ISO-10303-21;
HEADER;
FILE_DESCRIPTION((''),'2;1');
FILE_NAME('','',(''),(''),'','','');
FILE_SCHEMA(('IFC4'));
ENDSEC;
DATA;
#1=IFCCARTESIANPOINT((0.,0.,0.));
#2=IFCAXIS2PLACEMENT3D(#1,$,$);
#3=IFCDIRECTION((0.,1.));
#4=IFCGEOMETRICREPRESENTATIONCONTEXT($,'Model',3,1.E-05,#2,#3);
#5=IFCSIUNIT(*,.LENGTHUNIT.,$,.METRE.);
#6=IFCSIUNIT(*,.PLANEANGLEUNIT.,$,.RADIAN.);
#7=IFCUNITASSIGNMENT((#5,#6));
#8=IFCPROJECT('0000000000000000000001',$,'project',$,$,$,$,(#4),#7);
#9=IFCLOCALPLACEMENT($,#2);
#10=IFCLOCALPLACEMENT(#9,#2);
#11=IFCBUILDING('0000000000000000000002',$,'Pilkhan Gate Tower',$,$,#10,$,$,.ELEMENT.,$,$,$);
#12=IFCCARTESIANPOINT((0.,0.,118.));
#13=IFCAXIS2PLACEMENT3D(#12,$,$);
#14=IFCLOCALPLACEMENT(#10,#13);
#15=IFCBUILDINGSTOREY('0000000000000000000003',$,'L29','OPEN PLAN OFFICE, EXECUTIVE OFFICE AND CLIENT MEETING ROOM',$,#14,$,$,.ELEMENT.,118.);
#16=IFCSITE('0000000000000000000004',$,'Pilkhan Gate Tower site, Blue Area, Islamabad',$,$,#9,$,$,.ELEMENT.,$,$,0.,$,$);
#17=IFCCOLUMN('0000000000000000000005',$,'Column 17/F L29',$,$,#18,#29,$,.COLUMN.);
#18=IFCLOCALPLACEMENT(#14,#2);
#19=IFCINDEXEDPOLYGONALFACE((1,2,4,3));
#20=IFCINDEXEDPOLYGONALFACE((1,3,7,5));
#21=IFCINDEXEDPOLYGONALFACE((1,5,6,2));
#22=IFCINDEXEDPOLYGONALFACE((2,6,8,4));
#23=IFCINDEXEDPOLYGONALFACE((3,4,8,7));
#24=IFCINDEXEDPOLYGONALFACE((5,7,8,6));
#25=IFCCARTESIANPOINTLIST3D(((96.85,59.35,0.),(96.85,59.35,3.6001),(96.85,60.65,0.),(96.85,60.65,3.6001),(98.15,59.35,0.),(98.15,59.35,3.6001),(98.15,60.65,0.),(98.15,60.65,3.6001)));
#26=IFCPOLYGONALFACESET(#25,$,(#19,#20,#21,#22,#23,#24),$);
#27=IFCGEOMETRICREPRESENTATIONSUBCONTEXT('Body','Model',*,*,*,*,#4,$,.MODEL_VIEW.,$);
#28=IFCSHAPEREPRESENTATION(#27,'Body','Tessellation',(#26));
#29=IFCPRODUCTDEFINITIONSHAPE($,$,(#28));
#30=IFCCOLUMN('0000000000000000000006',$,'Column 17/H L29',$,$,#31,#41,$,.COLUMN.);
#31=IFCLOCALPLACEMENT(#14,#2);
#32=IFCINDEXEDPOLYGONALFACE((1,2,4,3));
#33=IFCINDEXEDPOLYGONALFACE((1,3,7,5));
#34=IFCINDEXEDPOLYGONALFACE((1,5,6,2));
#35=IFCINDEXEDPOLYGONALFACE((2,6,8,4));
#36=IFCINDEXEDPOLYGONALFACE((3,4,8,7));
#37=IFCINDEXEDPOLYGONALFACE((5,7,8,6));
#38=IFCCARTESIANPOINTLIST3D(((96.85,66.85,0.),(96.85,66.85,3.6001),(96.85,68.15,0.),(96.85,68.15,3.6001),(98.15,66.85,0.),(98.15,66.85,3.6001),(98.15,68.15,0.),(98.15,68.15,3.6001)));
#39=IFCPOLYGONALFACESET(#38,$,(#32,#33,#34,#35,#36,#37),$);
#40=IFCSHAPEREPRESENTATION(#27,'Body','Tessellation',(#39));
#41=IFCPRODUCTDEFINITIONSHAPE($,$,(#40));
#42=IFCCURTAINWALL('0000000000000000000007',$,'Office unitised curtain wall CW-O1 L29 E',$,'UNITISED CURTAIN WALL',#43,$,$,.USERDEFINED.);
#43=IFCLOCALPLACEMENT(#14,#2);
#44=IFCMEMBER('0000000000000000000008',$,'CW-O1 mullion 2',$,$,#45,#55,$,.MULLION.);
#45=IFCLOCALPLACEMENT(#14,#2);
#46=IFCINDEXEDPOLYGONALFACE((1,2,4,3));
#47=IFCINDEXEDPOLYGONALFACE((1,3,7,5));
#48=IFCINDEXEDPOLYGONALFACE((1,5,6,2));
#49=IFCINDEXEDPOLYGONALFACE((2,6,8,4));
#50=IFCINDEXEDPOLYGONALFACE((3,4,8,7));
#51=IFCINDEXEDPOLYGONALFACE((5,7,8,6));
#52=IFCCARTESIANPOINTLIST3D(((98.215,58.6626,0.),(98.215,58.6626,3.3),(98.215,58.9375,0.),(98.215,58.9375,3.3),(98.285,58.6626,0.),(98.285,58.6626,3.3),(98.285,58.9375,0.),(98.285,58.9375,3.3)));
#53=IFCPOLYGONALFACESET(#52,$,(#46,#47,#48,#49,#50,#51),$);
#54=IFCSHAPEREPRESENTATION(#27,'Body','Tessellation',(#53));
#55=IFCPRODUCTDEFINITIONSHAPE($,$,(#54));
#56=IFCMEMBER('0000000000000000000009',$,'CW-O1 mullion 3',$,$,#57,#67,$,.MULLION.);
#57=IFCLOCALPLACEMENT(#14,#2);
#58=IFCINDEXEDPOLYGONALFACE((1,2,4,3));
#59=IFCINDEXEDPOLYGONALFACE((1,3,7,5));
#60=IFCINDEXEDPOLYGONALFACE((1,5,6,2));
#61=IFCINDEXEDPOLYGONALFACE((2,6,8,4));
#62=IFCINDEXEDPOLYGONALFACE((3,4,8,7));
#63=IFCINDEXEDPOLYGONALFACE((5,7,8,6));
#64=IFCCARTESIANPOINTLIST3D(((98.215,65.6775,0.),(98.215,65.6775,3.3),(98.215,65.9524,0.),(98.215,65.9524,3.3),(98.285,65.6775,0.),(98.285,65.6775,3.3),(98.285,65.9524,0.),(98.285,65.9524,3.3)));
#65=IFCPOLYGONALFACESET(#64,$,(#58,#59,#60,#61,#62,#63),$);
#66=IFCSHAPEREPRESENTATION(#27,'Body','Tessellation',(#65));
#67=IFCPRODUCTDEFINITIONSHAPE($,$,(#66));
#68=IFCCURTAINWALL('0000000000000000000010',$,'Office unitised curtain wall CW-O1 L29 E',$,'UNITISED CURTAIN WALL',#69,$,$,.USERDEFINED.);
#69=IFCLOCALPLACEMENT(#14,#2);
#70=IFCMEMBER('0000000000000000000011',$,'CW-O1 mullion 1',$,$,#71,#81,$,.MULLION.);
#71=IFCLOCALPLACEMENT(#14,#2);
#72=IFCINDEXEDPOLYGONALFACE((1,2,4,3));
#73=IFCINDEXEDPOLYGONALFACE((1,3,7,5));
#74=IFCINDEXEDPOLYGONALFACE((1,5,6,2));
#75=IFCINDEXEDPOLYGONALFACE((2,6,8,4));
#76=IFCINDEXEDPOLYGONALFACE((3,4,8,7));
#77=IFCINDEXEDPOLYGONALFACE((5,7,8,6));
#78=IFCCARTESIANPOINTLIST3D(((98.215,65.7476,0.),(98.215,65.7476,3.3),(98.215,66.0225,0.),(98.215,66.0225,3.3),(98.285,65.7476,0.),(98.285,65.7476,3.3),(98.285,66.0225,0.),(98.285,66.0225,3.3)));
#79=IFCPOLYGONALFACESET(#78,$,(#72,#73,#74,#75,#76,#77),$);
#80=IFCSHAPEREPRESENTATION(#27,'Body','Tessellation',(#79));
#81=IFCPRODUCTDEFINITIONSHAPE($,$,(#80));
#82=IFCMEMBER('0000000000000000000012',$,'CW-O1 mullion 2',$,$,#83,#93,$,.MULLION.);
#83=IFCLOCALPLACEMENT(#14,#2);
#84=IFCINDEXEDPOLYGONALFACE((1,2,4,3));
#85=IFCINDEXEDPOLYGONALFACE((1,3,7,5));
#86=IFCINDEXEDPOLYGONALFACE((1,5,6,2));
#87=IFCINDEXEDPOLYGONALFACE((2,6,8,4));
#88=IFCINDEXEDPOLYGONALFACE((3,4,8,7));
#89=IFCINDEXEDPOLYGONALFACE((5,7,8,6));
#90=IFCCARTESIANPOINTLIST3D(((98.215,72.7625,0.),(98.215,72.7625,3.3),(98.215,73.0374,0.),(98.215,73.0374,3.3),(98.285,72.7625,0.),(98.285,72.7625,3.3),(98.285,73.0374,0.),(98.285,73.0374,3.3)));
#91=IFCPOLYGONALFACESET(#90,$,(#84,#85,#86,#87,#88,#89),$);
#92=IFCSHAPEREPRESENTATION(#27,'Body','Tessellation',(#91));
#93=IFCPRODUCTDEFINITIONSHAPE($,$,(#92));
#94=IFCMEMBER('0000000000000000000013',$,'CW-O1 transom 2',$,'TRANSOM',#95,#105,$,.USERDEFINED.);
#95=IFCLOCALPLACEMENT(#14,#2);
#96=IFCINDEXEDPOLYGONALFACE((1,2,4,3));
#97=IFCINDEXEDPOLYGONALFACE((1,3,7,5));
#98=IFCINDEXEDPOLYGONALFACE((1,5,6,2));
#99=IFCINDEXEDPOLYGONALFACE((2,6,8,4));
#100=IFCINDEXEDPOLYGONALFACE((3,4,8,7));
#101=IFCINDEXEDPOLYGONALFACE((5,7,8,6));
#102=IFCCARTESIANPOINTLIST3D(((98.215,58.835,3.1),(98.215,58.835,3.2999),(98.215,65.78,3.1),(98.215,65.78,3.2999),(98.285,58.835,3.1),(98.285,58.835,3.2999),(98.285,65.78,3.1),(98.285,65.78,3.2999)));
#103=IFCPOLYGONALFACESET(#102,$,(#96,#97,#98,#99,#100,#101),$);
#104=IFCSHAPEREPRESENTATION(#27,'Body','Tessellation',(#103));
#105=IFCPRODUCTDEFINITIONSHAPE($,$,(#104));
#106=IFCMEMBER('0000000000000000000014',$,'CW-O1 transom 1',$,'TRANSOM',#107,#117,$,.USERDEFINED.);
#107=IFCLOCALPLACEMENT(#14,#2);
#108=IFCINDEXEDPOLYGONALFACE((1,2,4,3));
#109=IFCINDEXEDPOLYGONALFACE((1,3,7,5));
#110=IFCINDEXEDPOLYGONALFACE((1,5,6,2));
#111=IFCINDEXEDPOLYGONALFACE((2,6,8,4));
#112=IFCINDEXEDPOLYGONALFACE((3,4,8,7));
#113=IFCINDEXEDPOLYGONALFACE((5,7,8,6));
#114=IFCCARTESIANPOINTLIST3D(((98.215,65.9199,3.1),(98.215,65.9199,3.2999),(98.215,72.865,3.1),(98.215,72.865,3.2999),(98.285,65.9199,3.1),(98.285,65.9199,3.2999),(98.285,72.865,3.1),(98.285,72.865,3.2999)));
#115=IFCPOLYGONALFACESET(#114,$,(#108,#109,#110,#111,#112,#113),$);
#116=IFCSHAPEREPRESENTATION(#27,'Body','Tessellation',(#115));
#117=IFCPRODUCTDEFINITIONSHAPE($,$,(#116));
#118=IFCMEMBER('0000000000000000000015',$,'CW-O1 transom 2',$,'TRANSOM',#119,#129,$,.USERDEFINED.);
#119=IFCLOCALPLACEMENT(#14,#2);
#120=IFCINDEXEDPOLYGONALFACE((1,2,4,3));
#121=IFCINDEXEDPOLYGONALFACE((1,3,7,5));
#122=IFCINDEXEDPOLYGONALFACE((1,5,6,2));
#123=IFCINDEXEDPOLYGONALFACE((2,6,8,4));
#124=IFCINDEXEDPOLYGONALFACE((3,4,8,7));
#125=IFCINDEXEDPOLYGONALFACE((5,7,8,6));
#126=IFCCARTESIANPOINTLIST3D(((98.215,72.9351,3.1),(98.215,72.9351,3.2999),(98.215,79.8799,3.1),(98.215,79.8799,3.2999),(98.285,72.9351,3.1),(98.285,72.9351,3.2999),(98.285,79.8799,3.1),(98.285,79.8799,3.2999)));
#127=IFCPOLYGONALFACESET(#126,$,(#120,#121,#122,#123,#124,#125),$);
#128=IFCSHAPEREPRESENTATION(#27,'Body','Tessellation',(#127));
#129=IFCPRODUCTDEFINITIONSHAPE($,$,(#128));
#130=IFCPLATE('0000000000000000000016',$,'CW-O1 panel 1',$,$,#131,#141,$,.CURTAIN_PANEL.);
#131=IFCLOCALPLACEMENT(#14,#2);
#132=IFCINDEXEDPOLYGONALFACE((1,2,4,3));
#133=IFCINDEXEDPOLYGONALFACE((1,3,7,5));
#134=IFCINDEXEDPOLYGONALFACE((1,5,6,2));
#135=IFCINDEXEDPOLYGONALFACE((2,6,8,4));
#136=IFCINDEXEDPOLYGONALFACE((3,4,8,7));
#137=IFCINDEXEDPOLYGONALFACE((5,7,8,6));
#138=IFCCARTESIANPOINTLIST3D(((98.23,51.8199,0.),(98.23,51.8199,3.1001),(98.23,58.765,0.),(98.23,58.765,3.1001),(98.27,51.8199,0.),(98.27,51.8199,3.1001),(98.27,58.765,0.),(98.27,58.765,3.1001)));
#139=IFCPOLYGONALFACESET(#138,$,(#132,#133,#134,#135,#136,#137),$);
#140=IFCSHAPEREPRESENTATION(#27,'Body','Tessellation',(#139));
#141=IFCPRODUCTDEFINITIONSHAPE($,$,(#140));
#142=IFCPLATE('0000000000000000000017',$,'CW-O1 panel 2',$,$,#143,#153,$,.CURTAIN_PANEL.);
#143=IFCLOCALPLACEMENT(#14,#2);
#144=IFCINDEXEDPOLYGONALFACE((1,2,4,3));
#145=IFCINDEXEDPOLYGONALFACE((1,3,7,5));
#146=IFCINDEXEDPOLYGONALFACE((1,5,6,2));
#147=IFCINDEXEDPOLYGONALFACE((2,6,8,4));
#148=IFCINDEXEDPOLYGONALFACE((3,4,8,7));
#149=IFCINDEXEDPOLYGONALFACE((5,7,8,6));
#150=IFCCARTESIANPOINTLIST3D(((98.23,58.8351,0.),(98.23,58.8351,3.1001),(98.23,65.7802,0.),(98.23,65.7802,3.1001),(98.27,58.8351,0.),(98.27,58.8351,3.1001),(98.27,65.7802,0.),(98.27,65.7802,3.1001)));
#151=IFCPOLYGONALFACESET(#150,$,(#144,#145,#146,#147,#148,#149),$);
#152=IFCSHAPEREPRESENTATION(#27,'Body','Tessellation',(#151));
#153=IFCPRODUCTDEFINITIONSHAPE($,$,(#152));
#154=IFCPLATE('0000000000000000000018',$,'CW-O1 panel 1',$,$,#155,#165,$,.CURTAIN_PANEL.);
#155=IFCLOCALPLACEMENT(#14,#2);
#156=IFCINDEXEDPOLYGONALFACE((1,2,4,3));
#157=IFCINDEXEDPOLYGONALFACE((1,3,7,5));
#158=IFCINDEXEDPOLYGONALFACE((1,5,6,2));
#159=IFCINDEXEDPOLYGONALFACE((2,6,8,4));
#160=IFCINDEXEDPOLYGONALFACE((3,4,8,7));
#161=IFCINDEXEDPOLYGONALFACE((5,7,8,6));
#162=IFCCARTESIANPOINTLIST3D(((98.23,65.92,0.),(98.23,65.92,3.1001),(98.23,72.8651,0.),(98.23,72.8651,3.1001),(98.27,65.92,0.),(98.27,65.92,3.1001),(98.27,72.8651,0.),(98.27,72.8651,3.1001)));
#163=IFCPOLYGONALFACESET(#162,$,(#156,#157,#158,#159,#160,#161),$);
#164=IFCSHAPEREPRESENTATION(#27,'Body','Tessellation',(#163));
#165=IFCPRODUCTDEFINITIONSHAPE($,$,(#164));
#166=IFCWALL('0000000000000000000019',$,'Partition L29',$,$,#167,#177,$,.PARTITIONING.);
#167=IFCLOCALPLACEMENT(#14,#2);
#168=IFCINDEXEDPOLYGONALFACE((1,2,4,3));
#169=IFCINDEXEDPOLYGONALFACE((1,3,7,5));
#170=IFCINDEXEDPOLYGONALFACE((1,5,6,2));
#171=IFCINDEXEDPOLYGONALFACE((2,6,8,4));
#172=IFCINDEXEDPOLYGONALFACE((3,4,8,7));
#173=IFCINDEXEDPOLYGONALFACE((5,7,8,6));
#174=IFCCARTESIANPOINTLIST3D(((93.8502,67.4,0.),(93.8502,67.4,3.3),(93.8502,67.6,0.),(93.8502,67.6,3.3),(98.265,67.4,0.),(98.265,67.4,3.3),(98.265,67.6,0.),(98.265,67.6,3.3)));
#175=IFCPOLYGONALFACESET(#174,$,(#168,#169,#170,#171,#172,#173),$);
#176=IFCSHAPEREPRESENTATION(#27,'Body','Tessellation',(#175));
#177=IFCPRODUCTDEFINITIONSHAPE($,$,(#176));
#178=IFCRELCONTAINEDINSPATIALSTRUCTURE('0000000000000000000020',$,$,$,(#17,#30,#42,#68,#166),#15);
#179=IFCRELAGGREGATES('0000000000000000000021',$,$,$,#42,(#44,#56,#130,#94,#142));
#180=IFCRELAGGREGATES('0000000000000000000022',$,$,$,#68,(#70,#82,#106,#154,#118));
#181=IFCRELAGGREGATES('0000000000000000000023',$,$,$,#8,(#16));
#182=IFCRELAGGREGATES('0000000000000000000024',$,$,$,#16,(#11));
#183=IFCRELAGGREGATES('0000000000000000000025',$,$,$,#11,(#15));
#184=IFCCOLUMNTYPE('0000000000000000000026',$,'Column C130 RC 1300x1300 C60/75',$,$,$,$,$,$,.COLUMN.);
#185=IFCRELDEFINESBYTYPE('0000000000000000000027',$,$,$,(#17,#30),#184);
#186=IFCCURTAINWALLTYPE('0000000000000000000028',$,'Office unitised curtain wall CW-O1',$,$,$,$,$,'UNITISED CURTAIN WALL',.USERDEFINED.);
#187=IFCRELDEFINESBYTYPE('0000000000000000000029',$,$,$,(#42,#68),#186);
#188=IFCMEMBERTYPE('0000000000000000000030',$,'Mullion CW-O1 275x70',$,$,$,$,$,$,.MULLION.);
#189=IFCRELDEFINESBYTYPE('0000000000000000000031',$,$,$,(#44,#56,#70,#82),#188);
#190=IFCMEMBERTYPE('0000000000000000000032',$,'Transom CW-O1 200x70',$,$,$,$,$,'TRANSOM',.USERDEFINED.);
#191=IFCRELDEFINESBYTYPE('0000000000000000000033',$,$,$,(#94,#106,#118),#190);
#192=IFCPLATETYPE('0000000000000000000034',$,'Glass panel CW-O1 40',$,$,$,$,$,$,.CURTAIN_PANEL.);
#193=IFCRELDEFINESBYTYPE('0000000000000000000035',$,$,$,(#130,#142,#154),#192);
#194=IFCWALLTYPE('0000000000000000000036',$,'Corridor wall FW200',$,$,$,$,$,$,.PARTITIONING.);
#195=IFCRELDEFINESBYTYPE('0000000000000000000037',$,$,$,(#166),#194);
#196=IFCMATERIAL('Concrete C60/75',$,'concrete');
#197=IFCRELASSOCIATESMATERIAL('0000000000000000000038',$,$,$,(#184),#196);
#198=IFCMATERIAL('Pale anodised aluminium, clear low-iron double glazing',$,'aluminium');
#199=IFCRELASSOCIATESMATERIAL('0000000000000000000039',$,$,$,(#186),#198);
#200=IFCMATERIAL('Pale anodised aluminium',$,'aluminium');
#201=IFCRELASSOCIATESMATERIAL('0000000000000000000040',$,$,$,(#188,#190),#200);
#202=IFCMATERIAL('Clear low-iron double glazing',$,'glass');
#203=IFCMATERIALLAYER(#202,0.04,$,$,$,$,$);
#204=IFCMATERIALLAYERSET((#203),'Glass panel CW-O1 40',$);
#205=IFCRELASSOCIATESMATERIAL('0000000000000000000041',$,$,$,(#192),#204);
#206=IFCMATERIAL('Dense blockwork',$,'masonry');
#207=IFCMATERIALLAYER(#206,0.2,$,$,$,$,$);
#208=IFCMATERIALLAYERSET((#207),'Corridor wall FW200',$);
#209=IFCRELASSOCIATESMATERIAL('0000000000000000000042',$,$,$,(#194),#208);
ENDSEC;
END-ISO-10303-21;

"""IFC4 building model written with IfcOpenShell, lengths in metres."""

from ifc_helpers import new_model, si_unit, direction, frame, frame_2d, origin, origin_2d, place, context, subcontext, project, spatial, rectangle, extrude, material, layer, layer_set, material_profile, profile_set, type_object, element, aggregate, save


model = new_model("IFC4")

# Units and contexts
model_context = context("Model", 3, precision=1e-05, world=origin(), true_north=direction((0.0, 1.0)))
body_context = subcontext(model_context, "Body", "Model", "MODEL_VIEW")
ifc_project = project(units=[si_unit("LENGTHUNIT", "METRE"), si_unit("PLANEANGLEUNIT", "RADIAN")], contexts=[model_context])

# Site, building, storey
site_placement = place(None, origin())
site = spatial("IfcSite", under=ifc_project, at=site_placement, Name="Pilkhan Gate Tower site, Blue Area, Islamabad", CompositionType="ELEMENT", RefElevation=0.0)
building_placement = place(site_placement, origin())
building = spatial("IfcBuilding", under=site, at=building_placement, Name="Pilkhan Gate Tower", CompositionType="ELEMENT")
storey_placement = place(building_placement, frame((0.0, 0.0, 118.0)))
storey = spatial("IfcBuildingStorey", under=building, at=storey_placement, Name="L29", Description="OPEN PLAN OFFICE, EXECUTIVE OFFICE AND CLIENT MEETING ROOM", CompositionType="ELEMENT", Elevation=118.0)

# Columns
ifc_material_1 = material(Name="Concrete C60/75", Category="concrete")
ifc_material_profile_1 = material_profile(ifc_material_1, rectangle(XDim=1.3, YDim=1.3, at=origin_2d()), Name="RC 1300x1300")
ifc_profile_set_1 = profile_set([ifc_material_profile_1], Name="Concrete C60/75")
column_type = type_object("IfcColumnType", Name="Column C130 RC 1300x1300 C60/75", PredefinedType="COLUMN", material=ifc_profile_set_1)
for number, where, z_axis, x_axis, name in (
    (1, (97.5, 60.0, 0.0), (0.0, 0.0, 1.0), (1.0, 0.0, 0.0), "Column 17/F L29"),
    (2, (97.5, 67.5, 0.0), (0.0, 0.0, 1.0), (1.0, 0.0, 0.0), "Column 17/H L29"),
):
    element("IfcColumn", number, at=place(storey_placement, frame(where, z_axis=z_axis, x_axis=x_axis)), inside=storey, type_object=column_type, Name=name, PredefinedType="COLUMN", context=body_context, shape_type="SweptSolid", body=[
        extrude(rectangle(XDim=1.3, YDim=1.3, at=origin_2d()), origin(), (0.0, 0.0, 1.0), 3.6001),
    ])

# Curtain walls, members
ifc_material_2 = material(Name="Pale anodised aluminium, clear low-iron double glazing", Category="aluminium")
curtain_wall_type = type_object("IfcCurtainWallType", Name="Office unitised curtain wall CW-O1", ElementType="UNITISED CURTAIN WALL", PredefinedType="USERDEFINED", material=ifc_material_2)
curtain_wall_1_placement = place(storey_placement, origin())
curtain_wall_1 = element("IfcCurtainWall", 3, at=curtain_wall_1_placement, inside=storey, type_object=curtain_wall_type, Name="Office unitised curtain wall CW-O1 L29 E", ObjectType="UNITISED CURTAIN WALL", PredefinedType="USERDEFINED")
ifc_material_3 = material(Name="Pale anodised aluminium", Category="aluminium")
ifc_material_profile_2 = material_profile(ifc_material_3, rectangle(XDim=0.0701, YDim=0.2749, at=origin_2d()), Name="Mullion 275x70")
ifc_profile_set_2 = profile_set([ifc_material_profile_2], Name="Pale anodised aluminium")
member_type_1 = type_object("IfcMemberType", Name="Mullion CW-O1 275x70", PredefinedType="MULLION", material=ifc_profile_set_2)
member_1_placement = place(storey_placement, frame((98.25, 58.8, 0.0), z_axis=(0.0, 0.0, 1.0), x_axis=(-1.0, 0.0, 0.0)))
member_1 = element("IfcMember", 4, at=member_1_placement, type_object=member_type_1, Name="CW-O1 mullion 2", PredefinedType="MULLION", context=body_context, shape_type="SweptSolid", body=[
    extrude(rectangle(XDim=0.0701, YDim=0.2749, at=origin_2d()), origin(), (0.0, 0.0, 1.0), 3.3),
])
member_2_placement = place(storey_placement, frame((98.25, 65.8149, 0.0), z_axis=(0.0, 0.0, 1.0), x_axis=(-1.0, 0.0, 0.0)))
member_2 = element("IfcMember", 5, at=member_2_placement, type_object=member_type_1, Name="CW-O1 mullion 3", PredefinedType="MULLION", context=body_context, shape_type="SweptSolid", body=[
    extrude(rectangle(XDim=0.0701, YDim=0.2749, at=origin_2d()), origin(), (0.0, 0.0, 1.0), 3.3),
])
curtain_wall_2_placement = place(storey_placement, origin())
curtain_wall_2 = element("IfcCurtainWall", 6, at=curtain_wall_2_placement, inside=storey, type_object=curtain_wall_type, Name="Office unitised curtain wall CW-O1 L29 E", ObjectType="UNITISED CURTAIN WALL", PredefinedType="USERDEFINED")
member_3_placement = place(storey_placement, frame((98.25, 65.885, 0.0), z_axis=(0.0, 0.0, 1.0), x_axis=(-1.0, 0.0, 0.0)))
member_3 = element("IfcMember", 7, at=member_3_placement, type_object=member_type_1, Name="CW-O1 mullion 1", PredefinedType="MULLION", context=body_context, shape_type="SweptSolid", body=[
    extrude(rectangle(XDim=0.0701, YDim=0.2749, at=origin_2d()), origin(), (0.0, 0.0, 1.0), 3.3),
])
member_4_placement = place(storey_placement, frame((98.25, 72.8999, 0.0), z_axis=(0.0, 0.0, 1.0), x_axis=(-1.0, 0.0, 0.0)))
member_4 = element("IfcMember", 8, at=member_4_placement, type_object=member_type_1, Name="CW-O1 mullion 2", PredefinedType="MULLION", context=body_context, shape_type="SweptSolid", body=[
    extrude(rectangle(XDim=0.0701, YDim=0.2749, at=origin_2d()), origin(), (0.0, 0.0, 1.0), 3.3),
])

# Members
ifc_material_profile_3 = material_profile(ifc_material_3, rectangle(XDim=0.0701, YDim=0.2, at=origin_2d()), Name="Transom 200x70")
ifc_profile_set_3 = profile_set([ifc_material_profile_3], Name="Pale anodised aluminium")
member_type_2 = type_object("IfcMemberType", Name="Transom CW-O1 200x70", ElementType="TRANSOM", PredefinedType="USERDEFINED", material=ifc_profile_set_3)
member_5_placement = place(storey_placement, frame((98.25, 58.835, 3.2), z_axis=(0.0, 1.0, 0.0), x_axis=(-1.0, 0.0, 0.0)))
member_5 = element("IfcMember", 9, at=member_5_placement, type_object=member_type_2, Name="CW-O1 transom 2", ObjectType="TRANSOM", PredefinedType="USERDEFINED", context=body_context, shape_type="SweptSolid", body=[
    extrude(rectangle(XDim=0.0701, YDim=0.2, at=origin_2d()), origin(), (0.0, 0.0, 1.0), 6.9451),
])
member_6_placement = place(storey_placement, frame((98.25, 65.9199, 3.2), z_axis=(0.0, 1.0, 0.0), x_axis=(-1.0, 0.0, 0.0)))
member_6 = element("IfcMember", 10, at=member_6_placement, type_object=member_type_2, Name="CW-O1 transom 1", ObjectType="TRANSOM", PredefinedType="USERDEFINED", context=body_context, shape_type="SweptSolid", body=[
    extrude(rectangle(XDim=0.0701, YDim=0.2, at=origin_2d()), origin(), (0.0, 0.0, 1.0), 6.9451),
])
member_7_placement = place(storey_placement, frame((98.25, 72.9351, 3.2), z_axis=(0.0, 1.0, 0.0), x_axis=(-1.0, 0.0, 0.0)))
member_7 = element("IfcMember", 11, at=member_7_placement, type_object=member_type_2, Name="CW-O1 transom 2", ObjectType="TRANSOM", PredefinedType="USERDEFINED", context=body_context, shape_type="SweptSolid", body=[
    extrude(rectangle(XDim=0.0701, YDim=0.2, at=origin_2d()), origin(), (0.0, 0.0, 1.0), 6.9448),
])

# Plates
ifc_material_4 = material(Name="Clear low-iron double glazing", Category="glass")
ifc_layer_1 = layer(ifc_material_4, 0.04)
ifc_layer_set_1 = layer_set([ifc_layer_1], Name="Glass panel CW-O1 40")
plate_type = type_object("IfcPlateType", Name="Glass panel CW-O1 40", PredefinedType="CURTAIN_PANEL", material=ifc_layer_set_1)
plate_1_placement = place(storey_placement, frame((98.25, 55.2925, 0.0), z_axis=(0.0, 0.0, 1.0), x_axis=(0.0, 1.0, 0.0)))
plate_1 = element("IfcPlate", 12, at=plate_1_placement, type_object=plate_type, Name="CW-O1 panel 1", PredefinedType="CURTAIN_PANEL", context=body_context, shape_type="SweptSolid", body=[
    extrude(rectangle(XDim=6.9451, YDim=0.04, at=origin_2d()), origin(), (0.0, 0.0, 1.0), 3.1001),
])
plate_2_placement = place(storey_placement, frame((98.25, 62.3076, 0.0), z_axis=(0.0, 0.0, 1.0), x_axis=(0.0, 1.0, 0.0)))
plate_2 = element("IfcPlate", 13, at=plate_2_placement, type_object=plate_type, Name="CW-O1 panel 2", PredefinedType="CURTAIN_PANEL", context=body_context, shape_type="SweptSolid", body=[
    extrude(rectangle(XDim=6.9451, YDim=0.04, at=origin_2d()), origin(), (0.0, 0.0, 1.0), 3.1001),
])
aggregate(curtain_wall_1, [member_1, member_2, plate_1, member_5, plate_2])
plate_3_placement = place(storey_placement, frame((98.25, 69.3926, 0.0), z_axis=(0.0, 0.0, 1.0), x_axis=(0.0, 1.0, 0.0)))
plate_3 = element("IfcPlate", 14, at=plate_3_placement, type_object=plate_type, Name="CW-O1 panel 1", PredefinedType="CURTAIN_PANEL", context=body_context, shape_type="SweptSolid", body=[
    extrude(rectangle(XDim=6.9451, YDim=0.04, at=origin_2d()), origin(), (0.0, 0.0, 1.0), 3.1001),
])
aggregate(curtain_wall_2, [member_3, member_4, member_6, plate_3, member_7])

# Wall
ifc_material_5 = material(Name="Dense blockwork", Category="masonry")
ifc_layer_2 = layer(ifc_material_5, 0.2)
ifc_layer_set_2 = layer_set([ifc_layer_2], Name="Corridor wall FW200")
wall_type_1 = type_object("IfcWallType", Name="Corridor wall FW200", PredefinedType="PARTITIONING", material=ifc_layer_set_2)
wall_1_placement = place(storey_placement, frame((93.8501, 67.5, 0.0), z_axis=(0.0, 0.0, 1.0), x_axis=(1.0, 0.0, 0.0)))
element("IfcWall", 15, at=wall_1_placement, inside=storey, type_object=wall_type_1, Name="Partition L29", PredefinedType="PARTITIONING", context=body_context, shape_type="SweptSolid", body=[
    extrude(rectangle(XDim=4.4148, YDim=0.2, at=frame_2d((2.2075, 0.0))), origin(), (0.0, 0.0, 1.0), 3.3),
])

save(model, "model.ifc")
